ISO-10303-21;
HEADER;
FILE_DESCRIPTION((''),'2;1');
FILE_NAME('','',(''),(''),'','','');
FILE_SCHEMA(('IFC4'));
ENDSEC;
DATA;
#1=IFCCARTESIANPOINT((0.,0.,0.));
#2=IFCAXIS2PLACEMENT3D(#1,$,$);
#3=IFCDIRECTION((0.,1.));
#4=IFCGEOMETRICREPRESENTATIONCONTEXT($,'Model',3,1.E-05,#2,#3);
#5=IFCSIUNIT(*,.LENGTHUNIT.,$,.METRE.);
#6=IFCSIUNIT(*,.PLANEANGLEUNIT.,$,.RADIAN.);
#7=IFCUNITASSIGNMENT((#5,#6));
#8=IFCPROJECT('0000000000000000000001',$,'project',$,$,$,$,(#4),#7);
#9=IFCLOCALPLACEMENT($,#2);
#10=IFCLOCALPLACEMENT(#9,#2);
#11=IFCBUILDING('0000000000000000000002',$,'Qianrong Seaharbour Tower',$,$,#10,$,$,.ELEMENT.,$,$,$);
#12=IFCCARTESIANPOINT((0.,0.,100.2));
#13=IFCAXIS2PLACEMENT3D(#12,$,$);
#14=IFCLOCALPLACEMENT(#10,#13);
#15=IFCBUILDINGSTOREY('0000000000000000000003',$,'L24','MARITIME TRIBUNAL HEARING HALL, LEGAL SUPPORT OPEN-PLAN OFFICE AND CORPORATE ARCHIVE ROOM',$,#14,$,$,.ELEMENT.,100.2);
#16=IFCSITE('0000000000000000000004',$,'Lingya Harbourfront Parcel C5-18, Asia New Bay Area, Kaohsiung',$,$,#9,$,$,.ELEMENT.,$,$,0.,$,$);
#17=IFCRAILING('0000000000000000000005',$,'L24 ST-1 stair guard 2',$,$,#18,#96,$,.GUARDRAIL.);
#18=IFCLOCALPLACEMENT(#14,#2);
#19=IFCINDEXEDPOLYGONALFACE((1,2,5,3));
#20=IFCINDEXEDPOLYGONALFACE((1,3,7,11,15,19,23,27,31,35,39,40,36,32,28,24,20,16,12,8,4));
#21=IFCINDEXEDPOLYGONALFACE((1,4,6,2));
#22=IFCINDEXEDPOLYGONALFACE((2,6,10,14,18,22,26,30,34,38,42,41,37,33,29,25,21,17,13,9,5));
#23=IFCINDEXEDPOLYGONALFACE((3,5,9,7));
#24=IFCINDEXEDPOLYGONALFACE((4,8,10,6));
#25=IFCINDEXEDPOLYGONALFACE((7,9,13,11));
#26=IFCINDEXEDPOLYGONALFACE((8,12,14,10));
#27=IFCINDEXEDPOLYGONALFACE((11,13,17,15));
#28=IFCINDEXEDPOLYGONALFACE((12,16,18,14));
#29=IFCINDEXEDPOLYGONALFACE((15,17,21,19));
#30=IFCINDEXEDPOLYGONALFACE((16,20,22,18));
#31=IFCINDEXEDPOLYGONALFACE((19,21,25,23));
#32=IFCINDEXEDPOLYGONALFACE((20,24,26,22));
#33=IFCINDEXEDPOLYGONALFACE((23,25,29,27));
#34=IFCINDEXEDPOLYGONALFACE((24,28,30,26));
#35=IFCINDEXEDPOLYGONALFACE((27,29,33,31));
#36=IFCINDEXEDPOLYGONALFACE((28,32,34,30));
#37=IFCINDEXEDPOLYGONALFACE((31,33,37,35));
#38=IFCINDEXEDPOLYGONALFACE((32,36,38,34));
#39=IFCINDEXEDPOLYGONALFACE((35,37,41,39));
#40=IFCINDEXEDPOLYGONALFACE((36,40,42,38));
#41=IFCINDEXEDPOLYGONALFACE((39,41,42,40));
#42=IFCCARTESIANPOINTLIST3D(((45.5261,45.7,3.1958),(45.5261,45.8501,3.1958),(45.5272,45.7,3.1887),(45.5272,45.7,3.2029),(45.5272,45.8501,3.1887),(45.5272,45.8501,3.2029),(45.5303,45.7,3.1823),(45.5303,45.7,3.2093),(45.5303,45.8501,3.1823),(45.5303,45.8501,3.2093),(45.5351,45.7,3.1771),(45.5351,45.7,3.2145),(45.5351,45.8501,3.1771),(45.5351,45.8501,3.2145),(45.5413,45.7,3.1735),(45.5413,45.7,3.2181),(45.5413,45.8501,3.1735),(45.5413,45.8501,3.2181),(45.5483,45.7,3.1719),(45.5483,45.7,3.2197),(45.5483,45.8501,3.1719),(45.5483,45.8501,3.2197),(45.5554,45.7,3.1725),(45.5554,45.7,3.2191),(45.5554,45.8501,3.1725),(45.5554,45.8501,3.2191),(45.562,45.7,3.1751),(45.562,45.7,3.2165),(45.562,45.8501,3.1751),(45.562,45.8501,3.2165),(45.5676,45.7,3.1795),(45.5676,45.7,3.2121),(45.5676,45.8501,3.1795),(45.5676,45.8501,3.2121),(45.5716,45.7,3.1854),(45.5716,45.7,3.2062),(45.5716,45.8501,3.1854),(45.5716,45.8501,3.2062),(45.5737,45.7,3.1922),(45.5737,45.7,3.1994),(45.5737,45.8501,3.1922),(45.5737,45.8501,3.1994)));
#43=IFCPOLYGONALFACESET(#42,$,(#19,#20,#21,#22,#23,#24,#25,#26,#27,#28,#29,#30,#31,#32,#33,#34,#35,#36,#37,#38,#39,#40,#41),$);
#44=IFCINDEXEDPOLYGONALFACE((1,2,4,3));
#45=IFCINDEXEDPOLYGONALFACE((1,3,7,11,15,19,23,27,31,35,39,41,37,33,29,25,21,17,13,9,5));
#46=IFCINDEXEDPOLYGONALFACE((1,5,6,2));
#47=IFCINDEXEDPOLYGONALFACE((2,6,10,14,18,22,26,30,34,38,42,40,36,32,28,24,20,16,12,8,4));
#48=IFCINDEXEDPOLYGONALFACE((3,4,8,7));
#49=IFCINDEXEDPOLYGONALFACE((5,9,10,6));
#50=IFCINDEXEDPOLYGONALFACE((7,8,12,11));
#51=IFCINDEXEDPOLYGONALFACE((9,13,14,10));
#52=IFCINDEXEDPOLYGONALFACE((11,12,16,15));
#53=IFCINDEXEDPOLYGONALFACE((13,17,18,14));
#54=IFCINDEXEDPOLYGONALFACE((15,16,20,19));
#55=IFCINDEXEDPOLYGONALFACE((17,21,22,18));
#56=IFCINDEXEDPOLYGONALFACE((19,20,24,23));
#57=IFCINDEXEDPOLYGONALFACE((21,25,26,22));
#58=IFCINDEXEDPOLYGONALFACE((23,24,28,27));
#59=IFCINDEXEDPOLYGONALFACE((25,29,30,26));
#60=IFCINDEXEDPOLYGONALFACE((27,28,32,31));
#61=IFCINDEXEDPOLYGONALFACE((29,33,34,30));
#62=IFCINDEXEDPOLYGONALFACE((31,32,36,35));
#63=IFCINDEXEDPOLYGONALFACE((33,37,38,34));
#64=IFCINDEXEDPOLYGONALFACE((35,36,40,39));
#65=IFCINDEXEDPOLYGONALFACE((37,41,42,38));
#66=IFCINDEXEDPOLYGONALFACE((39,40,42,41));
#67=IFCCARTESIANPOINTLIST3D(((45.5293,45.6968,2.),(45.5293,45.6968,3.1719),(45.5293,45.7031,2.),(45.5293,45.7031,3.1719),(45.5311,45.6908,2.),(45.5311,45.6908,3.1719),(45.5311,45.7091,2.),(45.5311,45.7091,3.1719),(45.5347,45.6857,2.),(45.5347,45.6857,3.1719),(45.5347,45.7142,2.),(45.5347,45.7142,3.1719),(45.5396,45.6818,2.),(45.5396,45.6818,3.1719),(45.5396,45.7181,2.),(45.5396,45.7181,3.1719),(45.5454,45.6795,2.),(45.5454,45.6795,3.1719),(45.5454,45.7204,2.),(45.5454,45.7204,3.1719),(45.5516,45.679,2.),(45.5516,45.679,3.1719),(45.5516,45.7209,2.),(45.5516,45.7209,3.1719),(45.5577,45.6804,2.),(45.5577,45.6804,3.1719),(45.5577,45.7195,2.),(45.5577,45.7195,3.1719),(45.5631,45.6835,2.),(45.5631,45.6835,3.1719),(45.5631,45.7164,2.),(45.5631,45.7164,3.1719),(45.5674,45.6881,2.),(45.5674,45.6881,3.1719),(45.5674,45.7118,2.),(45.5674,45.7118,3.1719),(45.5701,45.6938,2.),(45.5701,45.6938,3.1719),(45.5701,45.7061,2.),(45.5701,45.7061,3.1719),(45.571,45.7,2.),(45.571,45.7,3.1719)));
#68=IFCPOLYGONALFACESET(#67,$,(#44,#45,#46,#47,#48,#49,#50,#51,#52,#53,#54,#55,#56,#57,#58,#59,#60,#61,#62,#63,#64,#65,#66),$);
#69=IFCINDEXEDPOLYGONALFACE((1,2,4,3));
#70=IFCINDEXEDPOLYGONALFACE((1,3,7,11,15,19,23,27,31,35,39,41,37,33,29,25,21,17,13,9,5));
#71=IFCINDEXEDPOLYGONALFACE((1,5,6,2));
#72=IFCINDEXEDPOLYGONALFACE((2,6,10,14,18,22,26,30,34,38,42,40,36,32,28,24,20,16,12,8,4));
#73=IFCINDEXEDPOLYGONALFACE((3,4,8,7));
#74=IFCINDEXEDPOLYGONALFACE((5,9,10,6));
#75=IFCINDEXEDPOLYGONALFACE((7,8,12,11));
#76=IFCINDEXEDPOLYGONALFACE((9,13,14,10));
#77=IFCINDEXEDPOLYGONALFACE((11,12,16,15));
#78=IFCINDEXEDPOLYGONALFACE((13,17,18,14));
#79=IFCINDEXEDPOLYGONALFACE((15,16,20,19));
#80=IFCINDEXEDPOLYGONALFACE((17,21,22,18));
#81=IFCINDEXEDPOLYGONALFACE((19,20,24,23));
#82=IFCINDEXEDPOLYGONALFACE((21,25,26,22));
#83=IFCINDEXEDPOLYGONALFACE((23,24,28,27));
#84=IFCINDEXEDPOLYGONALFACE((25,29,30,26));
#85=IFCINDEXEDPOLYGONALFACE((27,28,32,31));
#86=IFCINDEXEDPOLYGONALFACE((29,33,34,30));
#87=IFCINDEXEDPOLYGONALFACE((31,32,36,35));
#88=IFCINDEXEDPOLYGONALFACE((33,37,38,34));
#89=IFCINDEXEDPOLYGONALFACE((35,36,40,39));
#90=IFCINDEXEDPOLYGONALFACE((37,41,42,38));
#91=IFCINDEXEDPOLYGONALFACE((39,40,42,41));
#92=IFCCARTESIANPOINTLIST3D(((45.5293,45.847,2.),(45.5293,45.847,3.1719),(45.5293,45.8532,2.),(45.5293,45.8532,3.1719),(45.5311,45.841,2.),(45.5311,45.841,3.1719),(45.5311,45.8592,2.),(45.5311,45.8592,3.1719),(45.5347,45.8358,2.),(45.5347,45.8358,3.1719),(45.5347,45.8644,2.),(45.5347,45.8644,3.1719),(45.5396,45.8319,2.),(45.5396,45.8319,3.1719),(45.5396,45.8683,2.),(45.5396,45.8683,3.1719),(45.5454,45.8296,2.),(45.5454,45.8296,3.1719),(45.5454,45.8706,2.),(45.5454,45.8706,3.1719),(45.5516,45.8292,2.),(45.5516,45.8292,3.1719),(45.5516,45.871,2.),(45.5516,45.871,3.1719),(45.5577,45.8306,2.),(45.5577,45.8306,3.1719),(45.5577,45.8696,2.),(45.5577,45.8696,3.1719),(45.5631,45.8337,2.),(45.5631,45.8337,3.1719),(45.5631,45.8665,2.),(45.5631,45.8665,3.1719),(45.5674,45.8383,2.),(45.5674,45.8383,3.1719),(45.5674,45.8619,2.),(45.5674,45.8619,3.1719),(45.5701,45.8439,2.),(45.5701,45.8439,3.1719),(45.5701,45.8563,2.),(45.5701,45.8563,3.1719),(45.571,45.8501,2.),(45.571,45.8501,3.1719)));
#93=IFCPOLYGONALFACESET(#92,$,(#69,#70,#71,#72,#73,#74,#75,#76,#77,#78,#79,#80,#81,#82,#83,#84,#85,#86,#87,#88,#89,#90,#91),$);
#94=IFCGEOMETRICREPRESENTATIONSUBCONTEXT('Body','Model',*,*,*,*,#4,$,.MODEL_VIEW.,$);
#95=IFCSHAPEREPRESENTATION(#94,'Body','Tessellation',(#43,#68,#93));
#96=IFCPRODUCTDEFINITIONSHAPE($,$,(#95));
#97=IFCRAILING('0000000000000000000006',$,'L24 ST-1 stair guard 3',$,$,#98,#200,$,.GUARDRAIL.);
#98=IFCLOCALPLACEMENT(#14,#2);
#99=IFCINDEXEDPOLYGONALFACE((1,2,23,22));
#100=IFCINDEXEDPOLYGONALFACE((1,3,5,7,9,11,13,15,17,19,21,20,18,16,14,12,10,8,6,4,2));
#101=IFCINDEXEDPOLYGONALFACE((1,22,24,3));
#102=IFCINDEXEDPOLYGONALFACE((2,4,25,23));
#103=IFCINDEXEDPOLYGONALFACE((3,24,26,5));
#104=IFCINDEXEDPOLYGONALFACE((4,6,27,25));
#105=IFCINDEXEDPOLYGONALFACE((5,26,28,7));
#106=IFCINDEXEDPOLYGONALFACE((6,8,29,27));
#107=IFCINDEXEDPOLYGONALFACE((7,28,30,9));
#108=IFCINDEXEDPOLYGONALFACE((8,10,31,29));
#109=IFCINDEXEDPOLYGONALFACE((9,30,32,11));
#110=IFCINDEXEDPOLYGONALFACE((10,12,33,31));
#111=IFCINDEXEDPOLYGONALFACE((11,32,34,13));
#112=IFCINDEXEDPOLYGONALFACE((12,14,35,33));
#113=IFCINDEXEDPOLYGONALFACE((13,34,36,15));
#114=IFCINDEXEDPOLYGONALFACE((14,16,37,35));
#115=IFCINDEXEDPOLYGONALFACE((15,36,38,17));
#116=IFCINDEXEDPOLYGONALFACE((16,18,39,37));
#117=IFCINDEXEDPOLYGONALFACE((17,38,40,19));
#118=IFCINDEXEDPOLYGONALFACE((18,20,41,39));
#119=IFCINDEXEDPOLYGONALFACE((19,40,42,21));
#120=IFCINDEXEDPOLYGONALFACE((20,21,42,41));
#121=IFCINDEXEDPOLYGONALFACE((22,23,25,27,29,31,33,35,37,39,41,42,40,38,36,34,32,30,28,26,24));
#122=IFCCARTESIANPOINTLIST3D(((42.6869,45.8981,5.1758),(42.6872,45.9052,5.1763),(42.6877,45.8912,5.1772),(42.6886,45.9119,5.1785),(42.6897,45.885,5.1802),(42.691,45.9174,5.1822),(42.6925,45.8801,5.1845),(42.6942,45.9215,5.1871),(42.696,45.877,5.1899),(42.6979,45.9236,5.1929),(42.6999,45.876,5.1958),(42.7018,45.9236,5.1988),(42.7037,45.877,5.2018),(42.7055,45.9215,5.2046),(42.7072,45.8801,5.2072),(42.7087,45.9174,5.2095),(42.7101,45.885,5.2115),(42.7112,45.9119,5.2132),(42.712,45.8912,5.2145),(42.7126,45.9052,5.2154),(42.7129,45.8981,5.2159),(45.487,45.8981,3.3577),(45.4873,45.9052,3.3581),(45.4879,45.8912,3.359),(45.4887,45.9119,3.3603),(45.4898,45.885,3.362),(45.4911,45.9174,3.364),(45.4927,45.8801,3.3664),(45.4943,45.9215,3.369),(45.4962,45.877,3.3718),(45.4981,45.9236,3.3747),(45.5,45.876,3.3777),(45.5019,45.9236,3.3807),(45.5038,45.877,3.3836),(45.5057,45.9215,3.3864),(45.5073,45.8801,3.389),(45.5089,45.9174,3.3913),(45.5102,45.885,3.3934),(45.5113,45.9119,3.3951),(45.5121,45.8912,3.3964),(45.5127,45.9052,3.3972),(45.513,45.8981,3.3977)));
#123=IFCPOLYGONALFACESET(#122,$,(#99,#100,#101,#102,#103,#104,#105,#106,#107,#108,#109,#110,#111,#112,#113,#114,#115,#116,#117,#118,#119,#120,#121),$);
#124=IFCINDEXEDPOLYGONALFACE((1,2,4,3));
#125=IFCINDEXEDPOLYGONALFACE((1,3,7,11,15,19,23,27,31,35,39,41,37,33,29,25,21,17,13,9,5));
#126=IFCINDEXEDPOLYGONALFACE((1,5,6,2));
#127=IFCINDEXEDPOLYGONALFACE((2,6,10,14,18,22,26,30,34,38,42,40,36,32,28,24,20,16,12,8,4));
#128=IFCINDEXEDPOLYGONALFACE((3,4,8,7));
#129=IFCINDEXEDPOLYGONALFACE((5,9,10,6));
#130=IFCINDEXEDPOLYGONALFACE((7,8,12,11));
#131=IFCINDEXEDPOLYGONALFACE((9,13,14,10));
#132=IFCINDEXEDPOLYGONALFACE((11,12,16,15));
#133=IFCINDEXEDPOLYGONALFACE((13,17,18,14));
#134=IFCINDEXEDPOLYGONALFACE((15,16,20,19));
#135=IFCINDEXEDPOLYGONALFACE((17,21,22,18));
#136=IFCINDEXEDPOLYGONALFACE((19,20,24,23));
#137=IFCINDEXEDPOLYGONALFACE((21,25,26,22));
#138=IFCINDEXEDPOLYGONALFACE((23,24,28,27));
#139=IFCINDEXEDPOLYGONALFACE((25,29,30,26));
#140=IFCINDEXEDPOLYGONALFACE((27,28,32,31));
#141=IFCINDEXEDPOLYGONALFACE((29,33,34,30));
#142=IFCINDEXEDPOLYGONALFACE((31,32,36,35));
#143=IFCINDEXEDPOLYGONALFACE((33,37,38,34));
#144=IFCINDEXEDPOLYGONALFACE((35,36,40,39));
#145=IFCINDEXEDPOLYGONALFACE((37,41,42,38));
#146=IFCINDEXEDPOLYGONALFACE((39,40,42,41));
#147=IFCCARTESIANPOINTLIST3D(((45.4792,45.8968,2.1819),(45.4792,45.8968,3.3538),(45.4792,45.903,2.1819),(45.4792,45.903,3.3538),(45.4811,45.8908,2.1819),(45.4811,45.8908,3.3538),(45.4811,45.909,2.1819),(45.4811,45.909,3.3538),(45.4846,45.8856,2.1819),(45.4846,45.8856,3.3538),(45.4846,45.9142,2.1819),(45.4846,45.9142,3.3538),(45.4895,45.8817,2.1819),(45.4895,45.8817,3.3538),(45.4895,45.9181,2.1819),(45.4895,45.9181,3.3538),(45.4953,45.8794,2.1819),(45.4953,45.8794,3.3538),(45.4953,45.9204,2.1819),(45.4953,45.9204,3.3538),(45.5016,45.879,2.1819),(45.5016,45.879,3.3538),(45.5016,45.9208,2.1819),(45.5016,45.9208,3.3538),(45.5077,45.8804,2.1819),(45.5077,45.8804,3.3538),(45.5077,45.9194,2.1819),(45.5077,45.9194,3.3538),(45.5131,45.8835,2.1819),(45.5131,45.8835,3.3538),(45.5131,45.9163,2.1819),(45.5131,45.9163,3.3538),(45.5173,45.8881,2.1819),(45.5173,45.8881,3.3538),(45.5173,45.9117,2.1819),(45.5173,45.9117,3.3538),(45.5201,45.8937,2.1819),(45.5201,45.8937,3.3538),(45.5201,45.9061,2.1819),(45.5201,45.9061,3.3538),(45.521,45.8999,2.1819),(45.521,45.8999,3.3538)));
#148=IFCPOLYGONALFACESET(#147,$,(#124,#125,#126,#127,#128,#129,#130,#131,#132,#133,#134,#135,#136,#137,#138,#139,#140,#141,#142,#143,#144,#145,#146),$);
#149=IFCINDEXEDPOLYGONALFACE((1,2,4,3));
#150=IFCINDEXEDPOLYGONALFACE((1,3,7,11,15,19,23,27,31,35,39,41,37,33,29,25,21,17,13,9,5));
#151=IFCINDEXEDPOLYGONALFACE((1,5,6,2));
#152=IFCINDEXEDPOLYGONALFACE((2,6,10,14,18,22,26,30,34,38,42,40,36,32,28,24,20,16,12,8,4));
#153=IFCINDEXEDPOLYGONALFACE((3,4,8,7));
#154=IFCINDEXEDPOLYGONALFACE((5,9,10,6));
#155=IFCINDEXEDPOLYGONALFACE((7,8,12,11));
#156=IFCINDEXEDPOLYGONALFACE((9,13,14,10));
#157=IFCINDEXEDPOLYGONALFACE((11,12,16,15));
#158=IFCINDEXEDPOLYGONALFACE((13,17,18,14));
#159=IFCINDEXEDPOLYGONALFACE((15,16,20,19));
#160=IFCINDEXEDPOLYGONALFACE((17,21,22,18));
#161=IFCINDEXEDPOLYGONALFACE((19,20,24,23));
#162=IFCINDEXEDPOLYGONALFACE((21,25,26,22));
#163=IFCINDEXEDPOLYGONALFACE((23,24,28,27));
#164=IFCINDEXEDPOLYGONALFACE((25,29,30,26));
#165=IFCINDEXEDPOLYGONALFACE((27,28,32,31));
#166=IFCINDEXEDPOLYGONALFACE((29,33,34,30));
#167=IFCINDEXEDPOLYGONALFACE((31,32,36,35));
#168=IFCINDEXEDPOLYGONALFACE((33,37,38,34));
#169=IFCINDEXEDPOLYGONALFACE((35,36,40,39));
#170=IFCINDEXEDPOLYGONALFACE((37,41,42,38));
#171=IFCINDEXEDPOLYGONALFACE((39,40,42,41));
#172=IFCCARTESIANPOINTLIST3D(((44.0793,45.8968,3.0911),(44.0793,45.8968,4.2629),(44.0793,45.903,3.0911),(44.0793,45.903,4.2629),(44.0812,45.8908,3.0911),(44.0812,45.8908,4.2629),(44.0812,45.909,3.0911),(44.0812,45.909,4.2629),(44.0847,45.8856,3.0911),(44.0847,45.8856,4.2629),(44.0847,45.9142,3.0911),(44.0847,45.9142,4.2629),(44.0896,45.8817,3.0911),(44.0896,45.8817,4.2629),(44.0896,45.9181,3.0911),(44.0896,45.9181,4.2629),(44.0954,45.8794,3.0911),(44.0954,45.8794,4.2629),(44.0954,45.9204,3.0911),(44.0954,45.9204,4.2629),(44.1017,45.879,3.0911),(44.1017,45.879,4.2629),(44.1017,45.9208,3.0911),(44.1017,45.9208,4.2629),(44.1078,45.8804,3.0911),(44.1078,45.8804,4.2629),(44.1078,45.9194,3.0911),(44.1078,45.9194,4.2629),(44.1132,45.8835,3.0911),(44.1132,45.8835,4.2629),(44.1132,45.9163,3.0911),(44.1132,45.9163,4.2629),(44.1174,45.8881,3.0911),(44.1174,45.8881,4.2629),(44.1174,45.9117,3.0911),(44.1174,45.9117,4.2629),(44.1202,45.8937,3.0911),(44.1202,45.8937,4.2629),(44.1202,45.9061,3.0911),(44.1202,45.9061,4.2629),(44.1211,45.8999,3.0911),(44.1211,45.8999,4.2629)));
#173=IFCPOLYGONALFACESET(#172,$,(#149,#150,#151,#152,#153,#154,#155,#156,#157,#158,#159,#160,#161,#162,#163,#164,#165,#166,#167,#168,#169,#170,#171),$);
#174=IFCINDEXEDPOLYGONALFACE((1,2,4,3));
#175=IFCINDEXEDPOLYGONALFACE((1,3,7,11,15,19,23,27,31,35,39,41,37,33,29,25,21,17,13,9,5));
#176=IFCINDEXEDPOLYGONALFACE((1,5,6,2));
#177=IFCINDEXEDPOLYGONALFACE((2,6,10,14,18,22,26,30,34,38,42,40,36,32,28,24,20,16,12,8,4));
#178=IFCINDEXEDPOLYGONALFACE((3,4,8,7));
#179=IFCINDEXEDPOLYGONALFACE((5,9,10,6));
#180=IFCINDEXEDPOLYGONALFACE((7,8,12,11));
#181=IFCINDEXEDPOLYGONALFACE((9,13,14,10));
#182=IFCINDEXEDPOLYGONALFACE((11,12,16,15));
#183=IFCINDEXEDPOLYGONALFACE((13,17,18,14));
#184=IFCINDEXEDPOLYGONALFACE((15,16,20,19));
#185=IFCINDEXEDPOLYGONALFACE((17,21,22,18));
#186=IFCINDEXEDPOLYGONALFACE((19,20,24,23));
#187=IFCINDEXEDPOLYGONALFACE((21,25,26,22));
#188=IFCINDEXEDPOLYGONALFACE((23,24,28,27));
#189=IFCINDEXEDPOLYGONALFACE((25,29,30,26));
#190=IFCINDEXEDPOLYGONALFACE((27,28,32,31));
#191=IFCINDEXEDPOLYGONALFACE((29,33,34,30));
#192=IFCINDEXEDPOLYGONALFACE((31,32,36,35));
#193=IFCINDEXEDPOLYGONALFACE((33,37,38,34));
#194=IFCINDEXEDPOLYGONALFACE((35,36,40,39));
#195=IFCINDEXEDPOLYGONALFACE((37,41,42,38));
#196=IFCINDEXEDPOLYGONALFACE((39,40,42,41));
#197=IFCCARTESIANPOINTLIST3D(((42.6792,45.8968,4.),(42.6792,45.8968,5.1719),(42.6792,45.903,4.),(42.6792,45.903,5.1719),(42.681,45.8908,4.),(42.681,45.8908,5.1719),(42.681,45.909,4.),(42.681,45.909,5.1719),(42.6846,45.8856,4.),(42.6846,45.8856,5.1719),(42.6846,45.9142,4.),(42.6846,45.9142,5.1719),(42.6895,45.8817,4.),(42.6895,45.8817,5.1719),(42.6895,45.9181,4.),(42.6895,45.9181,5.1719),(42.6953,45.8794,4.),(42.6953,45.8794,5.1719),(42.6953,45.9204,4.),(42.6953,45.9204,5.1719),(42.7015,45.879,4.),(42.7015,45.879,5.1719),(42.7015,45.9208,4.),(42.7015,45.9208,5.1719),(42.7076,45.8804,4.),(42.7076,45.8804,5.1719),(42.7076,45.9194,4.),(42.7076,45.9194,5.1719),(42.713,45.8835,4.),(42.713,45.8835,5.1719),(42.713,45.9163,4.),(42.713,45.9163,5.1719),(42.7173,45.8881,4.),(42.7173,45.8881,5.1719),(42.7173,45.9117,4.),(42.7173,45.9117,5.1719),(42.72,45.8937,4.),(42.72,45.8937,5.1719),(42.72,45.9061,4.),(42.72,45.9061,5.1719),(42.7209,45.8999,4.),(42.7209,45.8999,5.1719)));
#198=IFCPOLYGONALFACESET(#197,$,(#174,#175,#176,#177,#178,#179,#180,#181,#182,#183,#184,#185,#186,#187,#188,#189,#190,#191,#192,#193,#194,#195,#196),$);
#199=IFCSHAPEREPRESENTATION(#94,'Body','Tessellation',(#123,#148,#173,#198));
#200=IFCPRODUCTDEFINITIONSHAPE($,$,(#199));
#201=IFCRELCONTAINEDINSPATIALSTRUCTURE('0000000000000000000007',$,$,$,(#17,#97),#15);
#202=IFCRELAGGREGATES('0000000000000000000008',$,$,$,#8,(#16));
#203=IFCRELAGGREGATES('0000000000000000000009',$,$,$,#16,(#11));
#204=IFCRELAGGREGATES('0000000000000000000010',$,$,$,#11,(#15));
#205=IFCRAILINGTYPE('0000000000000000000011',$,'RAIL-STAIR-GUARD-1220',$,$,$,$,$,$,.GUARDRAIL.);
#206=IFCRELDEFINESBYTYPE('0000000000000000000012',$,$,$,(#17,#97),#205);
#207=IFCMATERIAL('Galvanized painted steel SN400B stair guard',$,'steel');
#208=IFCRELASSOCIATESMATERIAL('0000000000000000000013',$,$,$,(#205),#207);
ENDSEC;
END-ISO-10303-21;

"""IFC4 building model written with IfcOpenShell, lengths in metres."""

from ifc_helpers import new_model, si_unit, direction, frame, origin, origin_2d, place, context, subcontext, project, spatial, circle, extrude, material, type_object, element, save


model = new_model("IFC4")

# Units and contexts
model_context = context("Model", 3, precision=1e-05, world=origin(), true_north=direction((0.0, 1.0)))
body_context = subcontext(model_context, "Body", "Model", "MODEL_VIEW")
ifc_project = project(units=[si_unit("LENGTHUNIT", "METRE"), si_unit("PLANEANGLEUNIT", "RADIAN")], contexts=[model_context])

# Site, building, storey
site_placement = place(None, origin())
site = spatial("IfcSite", under=ifc_project, at=site_placement, Name="Lingya Harbourfront Parcel C5-18, Asia New Bay Area, Kaohsiung", CompositionType="ELEMENT", RefElevation=0.0)
building_placement = place(site_placement, origin())
building = spatial("IfcBuilding", under=site, at=building_placement, Name="Qianrong Seaharbour Tower", CompositionType="ELEMENT")
storey_placement = place(building_placement, frame((0.0, 0.0, 100.2)))
storey = spatial("IfcBuildingStorey", under=building, at=storey_placement, Name="L24", Description="MARITIME TRIBUNAL HEARING HALL, LEGAL SUPPORT OPEN-PLAN OFFICE AND CORPORATE ARCHIVE ROOM", CompositionType="ELEMENT", Elevation=100.2)

# Railings
ifc_material_1 = material(Name="Galvanized painted steel SN400B stair guard", Category="steel")
railing_type_1 = type_object("IfcRailingType", Name="RAIL-STAIR-GUARD-1220", PredefinedType="GUARDRAIL", material=ifc_material_1)
railing_1_placement = place(storey_placement, frame((45.55, 45.7, 2.0)))
element("IfcRailing", 1, at=railing_1_placement, inside=storey, type_object=railing_type_1, Name="L24 ST-1 stair guard 2", PredefinedType="GUARDRAIL", context=body_context, shape_type="SweptSolid", body=[
    extrude(circle(Radius=0.0239, at=origin_2d()), frame((0.0, 0.0, 1.1958), z_axis=(0.0, 1.0, 0.0), x_axis=(-1.0, 0.0, 0.0)), (0.0, 0.0, 1.0), 0.1501),
    extrude(circle(Radius=0.021, at=origin_2d()), origin(), (0.0, 0.0, 1.0), 1.1719),
    extrude(circle(Radius=0.021, at=origin_2d()), frame((0.0, 0.1501, 0.0)), (0.0, 0.0, 1.0), 1.1719),
])
railing_2_placement = place(storey_placement, frame((45.5, 45.8999, 2.1819)))
element("IfcRailing", 2, at=railing_2_placement, inside=storey, type_object=railing_type_1, Name="L24 ST-1 stair guard 3", PredefinedType="GUARDRAIL", context=body_context, shape_type="SweptSolid", body=[
    extrude(circle(Radius=0.0239, at=origin_2d()), frame((0.0, 0.0, 1.1958), z_axis=(-0.838706, 0.0, 0.544585), x_axis=(0.0, -1.0, 0.0)), (0.0, 0.0, 1.0), 3.3386),
    extrude(circle(Radius=0.021, at=origin_2d()), origin(), (0.0, 0.0, 1.0), 1.1719),
    extrude(circle(Radius=0.021, at=origin_2d()), frame((-1.3999, 0.0, 0.9092)), (0.0, 0.0, 1.0), 1.1719),
    extrude(circle(Radius=0.021, at=origin_2d()), frame((-2.8, 0.0, 1.8181)), (0.0, 0.0, 1.0), 1.1719),
])

save(model, "model.ifc")
